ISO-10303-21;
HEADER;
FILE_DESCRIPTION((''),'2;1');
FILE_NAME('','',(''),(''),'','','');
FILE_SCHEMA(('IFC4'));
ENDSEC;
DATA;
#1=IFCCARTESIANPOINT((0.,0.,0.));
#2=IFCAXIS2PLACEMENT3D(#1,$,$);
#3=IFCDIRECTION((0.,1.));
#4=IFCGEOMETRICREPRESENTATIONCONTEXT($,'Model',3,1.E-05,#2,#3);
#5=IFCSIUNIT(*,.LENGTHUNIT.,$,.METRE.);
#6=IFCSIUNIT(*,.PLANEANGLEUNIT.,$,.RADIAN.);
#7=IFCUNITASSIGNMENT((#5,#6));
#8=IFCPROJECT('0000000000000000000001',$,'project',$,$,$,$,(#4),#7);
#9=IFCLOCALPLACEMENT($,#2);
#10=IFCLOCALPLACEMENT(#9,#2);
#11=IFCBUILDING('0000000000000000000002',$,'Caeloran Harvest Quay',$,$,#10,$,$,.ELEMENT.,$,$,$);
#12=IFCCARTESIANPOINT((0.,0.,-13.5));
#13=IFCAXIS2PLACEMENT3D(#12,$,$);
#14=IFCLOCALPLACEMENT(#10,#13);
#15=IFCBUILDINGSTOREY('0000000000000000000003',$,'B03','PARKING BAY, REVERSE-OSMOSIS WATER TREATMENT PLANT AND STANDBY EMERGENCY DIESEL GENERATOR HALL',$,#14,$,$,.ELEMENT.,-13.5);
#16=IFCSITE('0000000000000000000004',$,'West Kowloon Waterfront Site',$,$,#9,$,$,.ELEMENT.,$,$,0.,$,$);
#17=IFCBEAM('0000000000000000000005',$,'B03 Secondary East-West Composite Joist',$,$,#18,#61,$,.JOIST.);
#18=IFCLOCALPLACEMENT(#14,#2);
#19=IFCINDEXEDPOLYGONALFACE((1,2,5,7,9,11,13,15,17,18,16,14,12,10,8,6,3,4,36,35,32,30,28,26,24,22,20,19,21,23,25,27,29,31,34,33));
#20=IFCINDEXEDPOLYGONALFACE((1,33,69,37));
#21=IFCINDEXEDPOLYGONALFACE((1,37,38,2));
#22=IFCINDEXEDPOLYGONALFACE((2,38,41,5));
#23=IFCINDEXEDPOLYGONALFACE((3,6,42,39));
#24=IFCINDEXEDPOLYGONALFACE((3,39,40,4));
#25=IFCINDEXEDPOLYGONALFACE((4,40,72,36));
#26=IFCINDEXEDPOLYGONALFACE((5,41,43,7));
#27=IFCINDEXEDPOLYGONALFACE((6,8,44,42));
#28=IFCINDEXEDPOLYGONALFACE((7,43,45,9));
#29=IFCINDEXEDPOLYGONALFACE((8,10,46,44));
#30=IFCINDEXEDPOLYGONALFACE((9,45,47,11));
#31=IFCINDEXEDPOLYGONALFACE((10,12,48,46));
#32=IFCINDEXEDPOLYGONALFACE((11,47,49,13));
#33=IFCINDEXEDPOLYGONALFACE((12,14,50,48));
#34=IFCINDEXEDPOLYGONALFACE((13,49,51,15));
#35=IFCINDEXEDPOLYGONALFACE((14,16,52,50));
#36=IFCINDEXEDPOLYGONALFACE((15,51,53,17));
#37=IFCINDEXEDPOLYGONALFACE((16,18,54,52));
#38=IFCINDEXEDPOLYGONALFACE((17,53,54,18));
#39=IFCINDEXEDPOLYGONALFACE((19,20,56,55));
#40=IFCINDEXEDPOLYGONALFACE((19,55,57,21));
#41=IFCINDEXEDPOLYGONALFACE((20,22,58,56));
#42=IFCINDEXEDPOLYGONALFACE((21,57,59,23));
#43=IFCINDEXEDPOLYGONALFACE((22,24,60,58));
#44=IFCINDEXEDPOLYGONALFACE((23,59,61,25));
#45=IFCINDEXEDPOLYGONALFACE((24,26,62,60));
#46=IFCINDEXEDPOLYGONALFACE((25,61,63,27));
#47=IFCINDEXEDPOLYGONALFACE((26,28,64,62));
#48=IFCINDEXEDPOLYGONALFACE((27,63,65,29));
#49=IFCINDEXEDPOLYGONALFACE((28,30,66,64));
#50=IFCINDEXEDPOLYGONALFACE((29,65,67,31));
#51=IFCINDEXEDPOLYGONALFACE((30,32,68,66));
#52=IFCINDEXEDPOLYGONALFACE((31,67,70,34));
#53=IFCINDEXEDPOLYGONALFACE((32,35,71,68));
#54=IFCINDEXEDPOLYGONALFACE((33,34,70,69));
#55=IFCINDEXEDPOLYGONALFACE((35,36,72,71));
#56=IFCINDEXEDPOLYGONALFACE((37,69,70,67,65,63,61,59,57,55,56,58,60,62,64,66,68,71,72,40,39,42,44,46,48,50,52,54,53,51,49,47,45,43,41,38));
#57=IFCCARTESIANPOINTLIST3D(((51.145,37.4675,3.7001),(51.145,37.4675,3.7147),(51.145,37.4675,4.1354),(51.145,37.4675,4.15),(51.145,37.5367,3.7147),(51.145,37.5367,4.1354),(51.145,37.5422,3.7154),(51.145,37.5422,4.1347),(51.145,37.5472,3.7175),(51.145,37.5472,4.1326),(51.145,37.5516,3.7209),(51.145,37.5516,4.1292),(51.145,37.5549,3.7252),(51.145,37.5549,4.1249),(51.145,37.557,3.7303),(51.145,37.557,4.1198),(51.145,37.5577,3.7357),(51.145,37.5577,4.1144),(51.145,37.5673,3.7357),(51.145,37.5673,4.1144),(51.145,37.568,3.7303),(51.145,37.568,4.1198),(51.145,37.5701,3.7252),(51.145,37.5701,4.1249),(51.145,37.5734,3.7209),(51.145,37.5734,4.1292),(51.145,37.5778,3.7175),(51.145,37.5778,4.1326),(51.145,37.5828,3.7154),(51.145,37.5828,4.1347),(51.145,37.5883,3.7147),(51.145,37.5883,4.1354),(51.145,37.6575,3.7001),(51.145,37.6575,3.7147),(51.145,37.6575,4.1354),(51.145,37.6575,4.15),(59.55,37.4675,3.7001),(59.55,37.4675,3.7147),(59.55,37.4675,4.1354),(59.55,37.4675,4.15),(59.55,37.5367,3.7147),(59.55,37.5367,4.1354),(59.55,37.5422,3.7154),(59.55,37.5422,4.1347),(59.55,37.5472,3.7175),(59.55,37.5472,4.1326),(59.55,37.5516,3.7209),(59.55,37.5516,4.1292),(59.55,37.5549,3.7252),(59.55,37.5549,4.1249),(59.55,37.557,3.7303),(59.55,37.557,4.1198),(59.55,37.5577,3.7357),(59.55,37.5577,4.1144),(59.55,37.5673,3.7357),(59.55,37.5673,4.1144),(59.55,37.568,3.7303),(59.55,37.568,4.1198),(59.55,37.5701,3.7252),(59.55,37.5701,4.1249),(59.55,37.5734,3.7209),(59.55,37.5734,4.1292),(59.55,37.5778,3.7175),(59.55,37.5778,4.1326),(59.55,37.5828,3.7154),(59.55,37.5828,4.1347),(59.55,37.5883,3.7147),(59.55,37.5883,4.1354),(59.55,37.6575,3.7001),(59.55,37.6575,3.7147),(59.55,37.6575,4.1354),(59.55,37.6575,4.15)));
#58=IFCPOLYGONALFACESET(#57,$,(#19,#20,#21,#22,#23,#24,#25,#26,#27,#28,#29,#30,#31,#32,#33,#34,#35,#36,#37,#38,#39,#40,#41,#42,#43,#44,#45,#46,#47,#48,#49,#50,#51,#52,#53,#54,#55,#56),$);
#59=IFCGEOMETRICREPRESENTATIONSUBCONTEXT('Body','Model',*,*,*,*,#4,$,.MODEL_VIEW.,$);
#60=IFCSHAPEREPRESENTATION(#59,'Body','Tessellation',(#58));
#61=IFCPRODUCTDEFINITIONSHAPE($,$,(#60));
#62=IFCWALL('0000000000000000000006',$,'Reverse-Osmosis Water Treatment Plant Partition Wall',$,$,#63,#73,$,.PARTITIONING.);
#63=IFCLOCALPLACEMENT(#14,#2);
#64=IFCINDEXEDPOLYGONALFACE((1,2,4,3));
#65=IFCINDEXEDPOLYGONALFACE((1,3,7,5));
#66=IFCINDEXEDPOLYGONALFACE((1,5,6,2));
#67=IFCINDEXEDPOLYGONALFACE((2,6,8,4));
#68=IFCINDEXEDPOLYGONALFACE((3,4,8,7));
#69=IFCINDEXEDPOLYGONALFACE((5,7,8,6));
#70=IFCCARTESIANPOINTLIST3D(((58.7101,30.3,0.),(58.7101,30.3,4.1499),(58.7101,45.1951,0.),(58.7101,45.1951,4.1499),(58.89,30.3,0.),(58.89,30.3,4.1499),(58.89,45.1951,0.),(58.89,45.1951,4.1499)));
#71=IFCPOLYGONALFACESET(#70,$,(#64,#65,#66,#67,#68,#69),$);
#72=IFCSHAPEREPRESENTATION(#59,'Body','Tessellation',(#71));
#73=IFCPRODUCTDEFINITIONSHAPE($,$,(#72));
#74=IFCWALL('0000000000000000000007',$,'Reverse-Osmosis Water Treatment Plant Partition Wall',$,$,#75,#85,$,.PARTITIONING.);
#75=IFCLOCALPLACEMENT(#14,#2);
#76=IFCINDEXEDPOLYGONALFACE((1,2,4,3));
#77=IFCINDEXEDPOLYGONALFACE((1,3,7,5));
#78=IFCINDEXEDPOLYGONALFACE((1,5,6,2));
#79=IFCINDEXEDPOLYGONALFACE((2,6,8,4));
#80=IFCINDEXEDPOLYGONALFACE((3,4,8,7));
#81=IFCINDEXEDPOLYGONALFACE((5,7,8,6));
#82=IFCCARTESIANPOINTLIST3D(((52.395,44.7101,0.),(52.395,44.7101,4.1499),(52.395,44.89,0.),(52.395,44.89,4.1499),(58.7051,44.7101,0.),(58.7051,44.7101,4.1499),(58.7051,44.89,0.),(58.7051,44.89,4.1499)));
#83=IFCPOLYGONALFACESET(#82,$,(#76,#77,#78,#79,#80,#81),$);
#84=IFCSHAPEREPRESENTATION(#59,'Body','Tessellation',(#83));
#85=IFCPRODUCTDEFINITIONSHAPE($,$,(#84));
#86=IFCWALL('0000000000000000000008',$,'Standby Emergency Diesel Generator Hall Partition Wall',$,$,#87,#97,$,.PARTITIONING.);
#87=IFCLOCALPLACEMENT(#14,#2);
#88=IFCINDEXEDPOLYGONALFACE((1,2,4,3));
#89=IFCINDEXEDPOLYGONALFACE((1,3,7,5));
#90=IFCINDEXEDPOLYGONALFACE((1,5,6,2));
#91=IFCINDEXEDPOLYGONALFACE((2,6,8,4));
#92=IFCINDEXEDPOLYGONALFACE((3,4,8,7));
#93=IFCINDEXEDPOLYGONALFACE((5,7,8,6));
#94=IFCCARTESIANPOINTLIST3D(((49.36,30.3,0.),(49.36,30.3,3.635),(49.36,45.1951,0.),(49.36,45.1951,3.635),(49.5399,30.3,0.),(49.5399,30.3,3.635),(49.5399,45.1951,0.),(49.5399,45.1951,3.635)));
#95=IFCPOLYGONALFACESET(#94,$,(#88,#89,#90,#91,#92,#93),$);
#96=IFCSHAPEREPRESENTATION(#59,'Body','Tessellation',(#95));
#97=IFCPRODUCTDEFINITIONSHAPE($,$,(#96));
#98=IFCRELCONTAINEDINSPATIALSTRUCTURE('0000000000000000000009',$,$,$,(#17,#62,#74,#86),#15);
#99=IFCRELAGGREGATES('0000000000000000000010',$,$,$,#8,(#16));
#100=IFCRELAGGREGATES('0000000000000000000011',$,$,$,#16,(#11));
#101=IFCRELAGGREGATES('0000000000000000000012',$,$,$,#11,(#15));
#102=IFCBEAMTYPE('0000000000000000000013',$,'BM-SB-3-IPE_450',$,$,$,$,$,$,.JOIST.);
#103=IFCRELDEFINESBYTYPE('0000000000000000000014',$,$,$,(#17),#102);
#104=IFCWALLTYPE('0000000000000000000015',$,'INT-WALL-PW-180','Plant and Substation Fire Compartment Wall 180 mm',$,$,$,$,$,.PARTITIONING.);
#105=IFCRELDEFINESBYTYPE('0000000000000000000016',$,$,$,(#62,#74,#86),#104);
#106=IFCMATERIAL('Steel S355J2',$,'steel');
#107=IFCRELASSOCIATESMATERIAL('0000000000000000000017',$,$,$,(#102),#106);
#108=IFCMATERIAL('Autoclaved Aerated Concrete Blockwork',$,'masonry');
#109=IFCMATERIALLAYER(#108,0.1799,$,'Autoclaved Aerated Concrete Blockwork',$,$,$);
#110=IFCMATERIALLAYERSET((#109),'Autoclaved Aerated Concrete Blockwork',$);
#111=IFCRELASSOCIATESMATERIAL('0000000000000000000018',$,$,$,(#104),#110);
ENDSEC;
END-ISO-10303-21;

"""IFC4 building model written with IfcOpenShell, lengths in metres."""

from ifc_helpers import new_model, si_unit, direction, frame, frame_2d, origin, origin_2d, place, context, subcontext, project, spatial, rectangle, i_section, extrude, material, layer, layer_set, material_profile, profile_set, type_object, element, save


model = new_model("IFC4")

# Units and contexts
model_context = context("Model", 3, precision=1e-05, world=origin(), true_north=direction((0.0, 1.0)))
body_context = subcontext(model_context, "Body", "Model", "MODEL_VIEW")
ifc_project = project(units=[si_unit("LENGTHUNIT", "METRE"), si_unit("PLANEANGLEUNIT", "RADIAN")], contexts=[model_context])

# Site, building, storey
site_placement = place(None, origin())
site = spatial("IfcSite", under=ifc_project, at=site_placement, Name="West Kowloon Waterfront Site", CompositionType="ELEMENT", RefElevation=0.0)
building_placement = place(site_placement, origin())
building = spatial("IfcBuilding", under=site, at=building_placement, Name="Caeloran Harvest Quay", CompositionType="ELEMENT")
storey_placement = place(building_placement, frame((0.0, 0.0, -13.5)))
storey = spatial("IfcBuildingStorey", under=building, at=storey_placement, Name="B03", Description="PARKING BAY, REVERSE-OSMOSIS WATER TREATMENT PLANT AND STANDBY EMERGENCY DIESEL GENERATOR HALL", CompositionType="ELEMENT", Elevation=-13.5)

# Beam
ifc_material_1 = material(Name="Steel S355J2", Category="steel")
ifc_material_profile_1 = material_profile(ifc_material_1, i_section(OverallWidth=0.1899, OverallDepth=0.45, WebThickness=0.0095, FlangeThickness=0.0146, FilletRadius=0.021, at=origin_2d()), Name="IPE 450")
ifc_profile_set_1 = profile_set([ifc_material_profile_1], Name="Steel S355J2")
beam_type_1 = type_object("IfcBeamType", Name="BM-SB-3-IPE_450", PredefinedType="JOIST", material=ifc_profile_set_1)
for number, where, z_axis, x_axis, name in (
    (1, (51.145, 37.5625, 3.925), (1.0, 0.0, 0.0), (0.0, 1.0, 0.0), "B03 Secondary East-West Composite Joist"),
):
    element("IfcBeam", number, at=place(storey_placement, frame(where, z_axis=z_axis, x_axis=x_axis)), inside=storey, type_object=beam_type_1, Name=name, PredefinedType="JOIST", context=body_context, shape_type="SweptSolid", body=[
        extrude(i_section(OverallWidth=0.1899, OverallDepth=0.45, WebThickness=0.0095, FlangeThickness=0.0146, FilletRadius=0.021, at=origin_2d()), origin(), (0.0, 0.0, 1.0), 8.405),
    ])

# Walls
ifc_material_2 = material(Name="Autoclaved Aerated Concrete Blockwork", Category="masonry")
ifc_layer = layer(ifc_material_2, 0.1799, Name="Autoclaved Aerated Concrete Blockwork")
ifc_layer_set = layer_set([ifc_layer], Name="Autoclaved Aerated Concrete Blockwork")
wall_type = type_object("IfcWallType", Name="INT-WALL-PW-180", Description="Plant and Substation Fire Compartment Wall 180 mm", PredefinedType="PARTITIONING", material=ifc_layer_set)
wall_1_placement = place(storey_placement, frame((58.8, 45.1951, 0.0), z_axis=(0.0, 0.0, 1.0), x_axis=(0.0, -1.0, 0.0)))
element("IfcWall", 2, at=wall_1_placement, inside=storey, type_object=wall_type, Name="Reverse-Osmosis Water Treatment Plant Partition Wall", PredefinedType="PARTITIONING", context=body_context, shape_type="SweptSolid", body=[
    extrude(rectangle(XDim=14.895, YDim=0.1799, at=frame_2d((7.4475, 0.0))), origin(), (0.0, 0.0, 1.0), 4.1499),
])
wall_2_placement = place(storey_placement, frame((52.395, 44.8, 0.0), z_axis=(0.0, 0.0, 1.0), x_axis=(1.0, 0.0, 0.0)))
element("IfcWall", 3, at=wall_2_placement, inside=storey, type_object=wall_type, Name="Reverse-Osmosis Water Treatment Plant Partition Wall", PredefinedType="PARTITIONING", context=body_context, shape_type="SweptSolid", body=[
    extrude(rectangle(XDim=6.3101, YDim=0.1799, at=frame_2d((3.155, 0.0))), origin(), (0.0, 0.0, 1.0), 4.1499),
])
wall_3_placement = place(storey_placement, frame((49.45, 45.1951, 0.0), z_axis=(0.0, 0.0, 1.0), x_axis=(0.0, -1.0, 0.0)))
element("IfcWall", 4, at=wall_3_placement, inside=storey, type_object=wall_type, Name="Standby Emergency Diesel Generator Hall Partition Wall", PredefinedType="PARTITIONING", context=body_context, shape_type="SweptSolid", body=[
    extrude(rectangle(XDim=14.895, YDim=0.1799, at=frame_2d((7.4475, 0.0))), origin(), (0.0, 0.0, 1.0), 3.635),
])

save(model, "model.ifc")
